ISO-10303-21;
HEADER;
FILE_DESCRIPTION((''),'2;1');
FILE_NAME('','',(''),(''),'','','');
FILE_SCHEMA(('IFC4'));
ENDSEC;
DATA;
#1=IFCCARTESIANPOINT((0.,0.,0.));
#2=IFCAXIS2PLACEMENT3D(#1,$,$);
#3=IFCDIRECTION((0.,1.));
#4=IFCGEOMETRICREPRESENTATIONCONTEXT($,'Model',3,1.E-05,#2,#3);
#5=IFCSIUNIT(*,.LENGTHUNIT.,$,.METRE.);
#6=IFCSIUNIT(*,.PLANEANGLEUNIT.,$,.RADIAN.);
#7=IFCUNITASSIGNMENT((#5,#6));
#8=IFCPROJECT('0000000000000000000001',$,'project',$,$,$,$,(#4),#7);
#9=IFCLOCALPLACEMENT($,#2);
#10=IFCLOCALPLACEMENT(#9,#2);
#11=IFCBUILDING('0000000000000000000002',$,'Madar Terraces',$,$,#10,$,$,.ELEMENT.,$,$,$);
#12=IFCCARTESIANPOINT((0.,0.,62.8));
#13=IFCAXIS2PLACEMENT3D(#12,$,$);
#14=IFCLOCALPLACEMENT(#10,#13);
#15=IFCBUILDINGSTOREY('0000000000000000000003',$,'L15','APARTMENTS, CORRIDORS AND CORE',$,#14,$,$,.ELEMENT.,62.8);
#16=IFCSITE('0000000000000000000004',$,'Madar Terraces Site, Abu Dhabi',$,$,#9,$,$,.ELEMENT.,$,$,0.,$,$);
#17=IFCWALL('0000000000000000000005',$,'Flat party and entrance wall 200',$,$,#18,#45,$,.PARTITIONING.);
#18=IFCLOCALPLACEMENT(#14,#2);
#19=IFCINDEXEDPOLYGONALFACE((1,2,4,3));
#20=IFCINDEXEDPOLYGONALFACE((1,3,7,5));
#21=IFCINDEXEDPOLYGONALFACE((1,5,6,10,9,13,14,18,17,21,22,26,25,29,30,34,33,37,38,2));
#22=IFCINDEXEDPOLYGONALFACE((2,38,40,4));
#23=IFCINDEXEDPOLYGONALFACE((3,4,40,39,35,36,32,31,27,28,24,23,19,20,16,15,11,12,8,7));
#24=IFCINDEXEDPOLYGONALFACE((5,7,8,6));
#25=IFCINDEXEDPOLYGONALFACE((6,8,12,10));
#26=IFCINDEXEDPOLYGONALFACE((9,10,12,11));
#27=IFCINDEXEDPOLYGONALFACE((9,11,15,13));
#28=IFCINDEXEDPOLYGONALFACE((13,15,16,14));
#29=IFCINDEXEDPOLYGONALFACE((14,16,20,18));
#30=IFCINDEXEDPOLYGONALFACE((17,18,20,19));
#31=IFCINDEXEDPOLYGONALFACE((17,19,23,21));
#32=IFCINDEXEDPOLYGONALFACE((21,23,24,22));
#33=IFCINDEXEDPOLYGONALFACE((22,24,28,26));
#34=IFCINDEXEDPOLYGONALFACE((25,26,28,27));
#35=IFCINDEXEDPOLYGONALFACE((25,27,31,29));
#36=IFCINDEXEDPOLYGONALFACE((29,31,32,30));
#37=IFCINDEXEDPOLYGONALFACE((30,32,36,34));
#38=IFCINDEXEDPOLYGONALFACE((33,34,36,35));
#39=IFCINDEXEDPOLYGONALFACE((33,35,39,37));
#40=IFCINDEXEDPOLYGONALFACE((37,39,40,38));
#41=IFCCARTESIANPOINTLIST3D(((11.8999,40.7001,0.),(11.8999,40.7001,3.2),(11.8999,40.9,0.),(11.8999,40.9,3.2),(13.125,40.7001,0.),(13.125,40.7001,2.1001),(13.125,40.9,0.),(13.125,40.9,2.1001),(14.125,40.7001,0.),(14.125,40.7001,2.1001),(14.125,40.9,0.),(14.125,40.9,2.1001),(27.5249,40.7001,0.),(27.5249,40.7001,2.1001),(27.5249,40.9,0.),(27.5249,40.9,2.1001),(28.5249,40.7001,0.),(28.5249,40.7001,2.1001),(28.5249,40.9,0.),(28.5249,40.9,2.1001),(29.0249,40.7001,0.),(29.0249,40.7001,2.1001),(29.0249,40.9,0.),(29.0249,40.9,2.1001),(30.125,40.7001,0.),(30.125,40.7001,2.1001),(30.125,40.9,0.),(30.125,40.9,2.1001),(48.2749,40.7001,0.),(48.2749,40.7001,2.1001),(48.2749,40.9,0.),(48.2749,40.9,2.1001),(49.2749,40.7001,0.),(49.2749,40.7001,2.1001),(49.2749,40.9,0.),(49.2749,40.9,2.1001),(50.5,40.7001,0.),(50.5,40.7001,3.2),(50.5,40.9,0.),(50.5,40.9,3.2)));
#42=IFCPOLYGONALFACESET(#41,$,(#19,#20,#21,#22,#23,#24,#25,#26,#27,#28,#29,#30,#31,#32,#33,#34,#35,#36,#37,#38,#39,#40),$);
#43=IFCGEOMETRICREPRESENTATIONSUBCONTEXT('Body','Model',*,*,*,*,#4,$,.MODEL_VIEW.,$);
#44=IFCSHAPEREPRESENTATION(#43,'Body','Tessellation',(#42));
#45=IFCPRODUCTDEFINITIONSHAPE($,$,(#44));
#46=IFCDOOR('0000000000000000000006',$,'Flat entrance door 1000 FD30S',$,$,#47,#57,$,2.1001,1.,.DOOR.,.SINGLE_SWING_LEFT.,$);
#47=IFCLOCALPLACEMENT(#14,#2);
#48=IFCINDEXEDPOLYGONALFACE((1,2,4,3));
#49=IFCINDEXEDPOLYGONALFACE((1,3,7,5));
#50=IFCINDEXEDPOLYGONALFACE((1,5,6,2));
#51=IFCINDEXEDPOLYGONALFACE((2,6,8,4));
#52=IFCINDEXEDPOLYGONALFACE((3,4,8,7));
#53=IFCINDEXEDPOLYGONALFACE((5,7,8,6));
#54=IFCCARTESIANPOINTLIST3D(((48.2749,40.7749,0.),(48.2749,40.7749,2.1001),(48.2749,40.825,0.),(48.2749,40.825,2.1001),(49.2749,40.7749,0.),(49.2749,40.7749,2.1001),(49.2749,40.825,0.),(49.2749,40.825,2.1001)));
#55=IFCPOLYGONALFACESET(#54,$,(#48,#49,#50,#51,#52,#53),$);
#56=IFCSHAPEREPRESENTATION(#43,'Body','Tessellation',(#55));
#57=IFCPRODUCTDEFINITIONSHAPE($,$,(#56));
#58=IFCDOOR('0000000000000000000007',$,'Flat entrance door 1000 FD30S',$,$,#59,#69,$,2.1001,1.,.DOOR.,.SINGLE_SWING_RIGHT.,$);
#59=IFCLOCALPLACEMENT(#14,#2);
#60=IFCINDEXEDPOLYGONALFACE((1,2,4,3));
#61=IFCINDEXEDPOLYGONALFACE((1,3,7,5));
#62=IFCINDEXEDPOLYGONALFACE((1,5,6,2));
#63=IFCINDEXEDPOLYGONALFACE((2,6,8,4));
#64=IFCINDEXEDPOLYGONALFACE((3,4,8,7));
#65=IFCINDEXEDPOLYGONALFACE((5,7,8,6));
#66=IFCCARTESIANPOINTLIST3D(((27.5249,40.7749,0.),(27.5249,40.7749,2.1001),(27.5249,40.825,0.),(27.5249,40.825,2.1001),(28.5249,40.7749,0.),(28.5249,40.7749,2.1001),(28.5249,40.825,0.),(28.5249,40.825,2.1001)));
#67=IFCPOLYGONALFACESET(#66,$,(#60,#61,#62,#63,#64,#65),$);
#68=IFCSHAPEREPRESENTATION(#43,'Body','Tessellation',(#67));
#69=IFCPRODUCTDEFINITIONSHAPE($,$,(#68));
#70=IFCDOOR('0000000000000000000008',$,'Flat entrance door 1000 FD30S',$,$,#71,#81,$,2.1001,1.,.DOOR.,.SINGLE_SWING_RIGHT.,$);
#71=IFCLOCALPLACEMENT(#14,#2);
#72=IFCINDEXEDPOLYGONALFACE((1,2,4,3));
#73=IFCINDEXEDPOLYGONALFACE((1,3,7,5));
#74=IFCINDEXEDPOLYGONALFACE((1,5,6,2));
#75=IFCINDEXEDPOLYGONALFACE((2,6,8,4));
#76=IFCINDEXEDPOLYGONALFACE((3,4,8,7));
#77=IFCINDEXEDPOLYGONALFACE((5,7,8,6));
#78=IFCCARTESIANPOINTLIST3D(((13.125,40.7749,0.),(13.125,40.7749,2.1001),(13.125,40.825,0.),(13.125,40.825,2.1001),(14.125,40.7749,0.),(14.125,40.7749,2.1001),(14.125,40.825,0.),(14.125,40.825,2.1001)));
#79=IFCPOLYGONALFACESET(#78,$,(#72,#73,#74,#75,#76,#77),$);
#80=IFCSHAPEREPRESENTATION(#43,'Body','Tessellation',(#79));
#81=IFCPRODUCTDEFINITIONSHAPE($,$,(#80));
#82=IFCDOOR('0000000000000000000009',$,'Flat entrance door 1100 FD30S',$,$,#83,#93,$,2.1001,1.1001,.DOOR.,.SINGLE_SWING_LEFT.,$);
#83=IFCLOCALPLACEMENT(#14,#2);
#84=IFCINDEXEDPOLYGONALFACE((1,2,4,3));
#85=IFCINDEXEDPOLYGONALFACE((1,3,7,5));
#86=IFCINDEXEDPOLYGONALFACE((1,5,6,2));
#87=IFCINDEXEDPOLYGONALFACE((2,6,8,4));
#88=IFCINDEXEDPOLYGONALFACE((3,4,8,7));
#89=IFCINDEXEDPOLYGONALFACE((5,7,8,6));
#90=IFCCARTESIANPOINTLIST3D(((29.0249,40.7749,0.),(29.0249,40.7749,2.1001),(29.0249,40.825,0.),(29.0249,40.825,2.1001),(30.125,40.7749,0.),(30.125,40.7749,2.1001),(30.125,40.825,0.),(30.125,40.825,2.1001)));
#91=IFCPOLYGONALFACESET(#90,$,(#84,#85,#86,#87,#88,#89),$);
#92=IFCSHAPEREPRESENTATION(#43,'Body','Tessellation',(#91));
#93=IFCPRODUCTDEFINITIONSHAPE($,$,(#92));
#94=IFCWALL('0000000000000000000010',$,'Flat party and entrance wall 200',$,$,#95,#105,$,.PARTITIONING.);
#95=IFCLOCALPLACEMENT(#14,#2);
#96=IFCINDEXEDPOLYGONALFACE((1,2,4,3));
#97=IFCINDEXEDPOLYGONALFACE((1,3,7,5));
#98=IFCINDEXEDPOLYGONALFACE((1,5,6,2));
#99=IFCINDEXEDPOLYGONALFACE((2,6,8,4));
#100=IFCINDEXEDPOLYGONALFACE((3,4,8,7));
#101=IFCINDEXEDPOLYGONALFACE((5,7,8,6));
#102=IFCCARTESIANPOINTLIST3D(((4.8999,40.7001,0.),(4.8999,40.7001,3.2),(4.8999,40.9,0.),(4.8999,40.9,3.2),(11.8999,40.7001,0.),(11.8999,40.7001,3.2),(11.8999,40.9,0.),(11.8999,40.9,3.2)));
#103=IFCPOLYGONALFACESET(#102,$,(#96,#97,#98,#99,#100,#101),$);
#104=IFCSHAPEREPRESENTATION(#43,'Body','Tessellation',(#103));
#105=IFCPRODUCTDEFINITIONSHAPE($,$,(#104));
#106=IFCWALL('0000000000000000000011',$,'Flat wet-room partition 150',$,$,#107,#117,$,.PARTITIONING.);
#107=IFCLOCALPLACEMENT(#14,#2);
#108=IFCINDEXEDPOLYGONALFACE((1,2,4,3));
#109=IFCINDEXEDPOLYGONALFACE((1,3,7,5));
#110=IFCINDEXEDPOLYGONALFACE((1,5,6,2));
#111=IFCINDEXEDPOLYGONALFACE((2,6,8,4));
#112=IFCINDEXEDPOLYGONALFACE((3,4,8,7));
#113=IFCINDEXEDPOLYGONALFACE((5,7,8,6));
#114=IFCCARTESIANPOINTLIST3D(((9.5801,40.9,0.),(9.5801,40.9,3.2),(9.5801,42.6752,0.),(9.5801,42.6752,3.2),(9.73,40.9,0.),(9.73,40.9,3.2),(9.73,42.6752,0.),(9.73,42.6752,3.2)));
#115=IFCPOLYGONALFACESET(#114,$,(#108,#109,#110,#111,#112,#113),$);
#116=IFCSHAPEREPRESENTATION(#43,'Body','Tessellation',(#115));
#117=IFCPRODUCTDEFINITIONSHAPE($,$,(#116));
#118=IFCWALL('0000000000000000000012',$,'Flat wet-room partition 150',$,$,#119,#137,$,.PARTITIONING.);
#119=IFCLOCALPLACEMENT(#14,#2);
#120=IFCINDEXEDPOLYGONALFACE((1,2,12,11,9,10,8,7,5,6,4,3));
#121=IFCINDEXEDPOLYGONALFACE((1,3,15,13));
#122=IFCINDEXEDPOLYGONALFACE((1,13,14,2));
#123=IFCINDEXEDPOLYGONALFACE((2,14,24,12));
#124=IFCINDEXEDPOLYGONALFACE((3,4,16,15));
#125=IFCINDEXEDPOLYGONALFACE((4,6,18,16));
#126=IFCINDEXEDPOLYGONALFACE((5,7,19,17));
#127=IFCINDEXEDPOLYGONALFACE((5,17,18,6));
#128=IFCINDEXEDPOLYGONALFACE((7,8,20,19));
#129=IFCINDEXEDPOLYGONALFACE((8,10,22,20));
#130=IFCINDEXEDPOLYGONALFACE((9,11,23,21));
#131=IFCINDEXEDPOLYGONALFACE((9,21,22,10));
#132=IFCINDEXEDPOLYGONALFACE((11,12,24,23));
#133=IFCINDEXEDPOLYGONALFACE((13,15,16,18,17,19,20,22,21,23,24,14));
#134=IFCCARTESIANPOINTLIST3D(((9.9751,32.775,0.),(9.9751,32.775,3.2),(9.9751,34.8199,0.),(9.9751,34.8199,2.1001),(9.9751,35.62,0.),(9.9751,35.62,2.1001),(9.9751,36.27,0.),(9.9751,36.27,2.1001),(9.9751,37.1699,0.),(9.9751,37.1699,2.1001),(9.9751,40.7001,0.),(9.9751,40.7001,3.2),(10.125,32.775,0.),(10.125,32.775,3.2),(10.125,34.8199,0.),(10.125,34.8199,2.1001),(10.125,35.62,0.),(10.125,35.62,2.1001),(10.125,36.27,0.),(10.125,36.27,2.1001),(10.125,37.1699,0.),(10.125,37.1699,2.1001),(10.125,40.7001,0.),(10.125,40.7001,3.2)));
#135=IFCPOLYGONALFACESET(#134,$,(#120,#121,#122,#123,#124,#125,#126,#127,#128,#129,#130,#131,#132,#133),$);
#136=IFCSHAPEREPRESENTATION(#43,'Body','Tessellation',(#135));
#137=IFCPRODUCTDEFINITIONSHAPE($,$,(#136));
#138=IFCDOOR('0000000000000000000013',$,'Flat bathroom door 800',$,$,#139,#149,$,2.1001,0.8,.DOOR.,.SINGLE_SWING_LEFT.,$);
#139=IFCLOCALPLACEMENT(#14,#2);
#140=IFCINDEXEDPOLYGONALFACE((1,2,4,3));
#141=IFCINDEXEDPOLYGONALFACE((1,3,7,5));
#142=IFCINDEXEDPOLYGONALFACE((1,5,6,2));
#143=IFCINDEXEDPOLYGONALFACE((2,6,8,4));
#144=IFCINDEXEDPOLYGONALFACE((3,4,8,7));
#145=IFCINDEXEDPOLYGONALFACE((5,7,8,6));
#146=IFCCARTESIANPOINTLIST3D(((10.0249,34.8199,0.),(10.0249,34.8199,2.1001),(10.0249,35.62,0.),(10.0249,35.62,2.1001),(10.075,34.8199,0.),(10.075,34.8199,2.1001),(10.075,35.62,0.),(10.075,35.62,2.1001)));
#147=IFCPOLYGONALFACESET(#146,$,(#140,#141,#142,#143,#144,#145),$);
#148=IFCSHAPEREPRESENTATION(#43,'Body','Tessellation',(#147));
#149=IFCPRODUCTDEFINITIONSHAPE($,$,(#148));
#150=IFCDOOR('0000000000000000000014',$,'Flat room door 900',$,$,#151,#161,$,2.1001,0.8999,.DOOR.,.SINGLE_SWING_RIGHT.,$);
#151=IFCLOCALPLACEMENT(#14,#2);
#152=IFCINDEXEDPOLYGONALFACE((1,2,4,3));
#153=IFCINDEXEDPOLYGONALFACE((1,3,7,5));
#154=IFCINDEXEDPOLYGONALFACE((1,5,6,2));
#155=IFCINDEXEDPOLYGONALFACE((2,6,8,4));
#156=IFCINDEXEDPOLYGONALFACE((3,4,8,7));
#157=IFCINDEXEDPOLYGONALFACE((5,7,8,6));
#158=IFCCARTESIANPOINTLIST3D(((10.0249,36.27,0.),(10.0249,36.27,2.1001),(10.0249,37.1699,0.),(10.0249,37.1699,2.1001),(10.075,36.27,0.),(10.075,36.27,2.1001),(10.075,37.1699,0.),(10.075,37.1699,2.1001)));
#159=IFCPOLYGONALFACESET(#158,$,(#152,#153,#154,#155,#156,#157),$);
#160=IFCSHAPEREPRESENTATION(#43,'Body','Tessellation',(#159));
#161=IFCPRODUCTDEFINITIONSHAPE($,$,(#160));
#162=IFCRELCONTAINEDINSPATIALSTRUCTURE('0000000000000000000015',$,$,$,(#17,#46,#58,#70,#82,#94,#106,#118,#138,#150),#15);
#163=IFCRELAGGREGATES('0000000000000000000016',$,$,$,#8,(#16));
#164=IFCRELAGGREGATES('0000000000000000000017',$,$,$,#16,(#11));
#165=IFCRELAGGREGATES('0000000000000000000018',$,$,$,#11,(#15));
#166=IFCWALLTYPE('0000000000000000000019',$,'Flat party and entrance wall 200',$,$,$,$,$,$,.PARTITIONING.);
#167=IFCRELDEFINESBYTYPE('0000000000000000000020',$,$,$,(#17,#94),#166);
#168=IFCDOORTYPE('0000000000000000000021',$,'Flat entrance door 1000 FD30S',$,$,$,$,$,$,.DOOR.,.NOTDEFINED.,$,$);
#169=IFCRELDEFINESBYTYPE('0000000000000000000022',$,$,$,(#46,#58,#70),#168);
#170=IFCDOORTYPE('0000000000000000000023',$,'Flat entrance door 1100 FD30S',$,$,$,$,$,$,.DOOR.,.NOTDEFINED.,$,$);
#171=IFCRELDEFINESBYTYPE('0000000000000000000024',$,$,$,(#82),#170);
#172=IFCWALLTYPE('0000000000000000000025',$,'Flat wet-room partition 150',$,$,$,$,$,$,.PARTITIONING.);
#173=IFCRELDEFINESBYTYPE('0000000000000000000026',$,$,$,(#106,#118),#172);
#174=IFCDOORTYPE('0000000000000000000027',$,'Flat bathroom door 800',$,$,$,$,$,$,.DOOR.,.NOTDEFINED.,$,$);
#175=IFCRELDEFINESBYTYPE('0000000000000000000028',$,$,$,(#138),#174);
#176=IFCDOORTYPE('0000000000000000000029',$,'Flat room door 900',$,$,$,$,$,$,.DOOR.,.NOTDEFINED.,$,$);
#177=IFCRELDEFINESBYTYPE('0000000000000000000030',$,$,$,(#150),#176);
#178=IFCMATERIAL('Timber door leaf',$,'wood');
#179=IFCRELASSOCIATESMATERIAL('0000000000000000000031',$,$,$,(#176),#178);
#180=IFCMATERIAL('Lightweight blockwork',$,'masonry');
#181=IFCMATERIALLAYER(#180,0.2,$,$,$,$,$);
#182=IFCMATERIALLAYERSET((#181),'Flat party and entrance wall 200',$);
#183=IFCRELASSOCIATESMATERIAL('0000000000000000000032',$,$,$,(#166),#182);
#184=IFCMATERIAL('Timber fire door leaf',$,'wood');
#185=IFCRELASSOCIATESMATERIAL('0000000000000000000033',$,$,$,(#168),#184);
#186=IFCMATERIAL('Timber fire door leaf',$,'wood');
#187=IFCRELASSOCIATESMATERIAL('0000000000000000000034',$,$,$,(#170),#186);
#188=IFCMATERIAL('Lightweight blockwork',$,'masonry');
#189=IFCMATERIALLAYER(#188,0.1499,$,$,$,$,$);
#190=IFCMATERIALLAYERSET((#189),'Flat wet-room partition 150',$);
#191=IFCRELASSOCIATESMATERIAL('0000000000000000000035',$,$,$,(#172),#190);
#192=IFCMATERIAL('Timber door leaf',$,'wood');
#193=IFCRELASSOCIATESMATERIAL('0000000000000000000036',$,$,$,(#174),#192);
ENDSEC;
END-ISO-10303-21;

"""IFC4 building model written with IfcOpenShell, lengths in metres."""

from ifc_helpers import new_model, si_unit, direction, frame, frame_2d, origin, place, context, subcontext, project, spatial, rectangle, extrude, material, layer, layer_set, type_object, element, fill, save


model = new_model("IFC4")

# Units and contexts
model_context = context("Model", 3, precision=1e-05, world=origin(), true_north=direction((0.0, 1.0)))
body_context = subcontext(model_context, "Body", "Model", "MODEL_VIEW")
ifc_project = project(units=[si_unit("LENGTHUNIT", "METRE"), si_unit("PLANEANGLEUNIT", "RADIAN")], contexts=[model_context])

# Site, building, storey
site_placement = place(None, origin())
site = spatial("IfcSite", under=ifc_project, at=site_placement, Name="Madar Terraces Site, Abu Dhabi", CompositionType="ELEMENT", RefElevation=0.0)
building_placement = place(site_placement, origin())
building = spatial("IfcBuilding", under=site, at=building_placement, Name="Madar Terraces", CompositionType="ELEMENT")
storey_placement = place(building_placement, frame((0.0, 0.0, 62.8)))
storey = spatial("IfcBuildingStorey", under=building, at=storey_placement, Name="L15", Description="APARTMENTS, CORRIDORS AND CORE", CompositionType="ELEMENT", Elevation=62.8)

# Wall, openings, doors
ifc_material_1 = material(Name="Timber door leaf", Category="wood")
door_type_1 = type_object("IfcDoorType", Name="Flat room door 900", OperationType="NOTDEFINED", PredefinedType="DOOR", material=ifc_material_1)
ifc_material_2 = material(Name="Lightweight blockwork", Category="masonry")
ifc_layer_1 = layer(ifc_material_2, 0.2)
ifc_layer_set_1 = layer_set([ifc_layer_1], Name="Flat party and entrance wall 200")
wall_type_1 = type_object("IfcWallType", Name="Flat party and entrance wall 200", PredefinedType="PARTITIONING", material=ifc_layer_set_1)
wall_1_placement = place(storey_placement, frame((11.8999, 40.8, 0.0), z_axis=(0.0, 0.0, 1.0), x_axis=(1.0, 0.0, 0.0)))
wall_1 = element("IfcWall", 1, at=wall_1_placement, inside=storey, type_object=wall_type_1, Name="Flat party and entrance wall 200", PredefinedType="PARTITIONING", context=body_context, shape_type="SweptSolid", body=[
    extrude(rectangle(XDim=38.6001, YDim=0.2, at=frame_2d((19.3, 0.0))), origin(), (0.0, 0.0, 1.0), 3.2),
])
opening_1_placement = place(wall_1_placement, frame((36.375, 0.0, 0.0)))
opening_1 = element("IfcOpeningElement", 2, at=opening_1_placement, cuts=wall_1, PredefinedType="OPENING", context=body_context, shape_type="SweptSolid", body=[
    extrude(rectangle(XDim=1.0, YDim=2.1001, at=frame_2d((0.5, 1.05))), frame((0.0, 0.1099, 0.0), z_axis=(0.0, -1.0, 0.0), x_axis=(1.0, 0.0, 0.0)), (0.0, 0.0, 1.0), 0.22),
])
opening_2_placement = place(wall_1_placement, frame((17.125, 0.0, 0.0)))
opening_2 = element("IfcOpeningElement", 3, at=opening_2_placement, cuts=wall_1, PredefinedType="OPENING", context=body_context, shape_type="SweptSolid", body=[
    extrude(rectangle(XDim=1.1001, YDim=2.1001, at=frame_2d((0.55, 1.05))), frame((0.0, 0.1099, 0.0), z_axis=(0.0, -1.0, 0.0), x_axis=(1.0, 0.0, 0.0)), (0.0, 0.0, 1.0), 0.22),
])
opening_3_placement = place(wall_1_placement, frame((15.625, 0.0, 0.0)))
opening_3 = element("IfcOpeningElement", 4, at=opening_3_placement, cuts=wall_1, PredefinedType="OPENING", context=body_context, shape_type="SweptSolid", body=[
    extrude(rectangle(XDim=1.0, YDim=2.1001, at=frame_2d((0.5, 1.05))), frame((0.0, 0.1099, 0.0), z_axis=(0.0, -1.0, 0.0), x_axis=(1.0, 0.0, 0.0)), (0.0, 0.0, 1.0), 0.22),
])
opening_4_placement = place(wall_1_placement, frame((1.2251, 0.0, 0.0)))
opening_4 = element("IfcOpeningElement", 5, at=opening_4_placement, cuts=wall_1, PredefinedType="OPENING", context=body_context, shape_type="SweptSolid", body=[
    extrude(rectangle(XDim=1.0, YDim=2.1001, at=frame_2d((0.5, 1.05))), frame((0.0, 0.1099, 0.0), z_axis=(0.0, -1.0, 0.0), x_axis=(1.0, 0.0, 0.0)), (0.0, 0.0, 1.0), 0.22),
])
ifc_material_3 = material(Name="Timber fire door leaf", Category="wood")
door_type_2 = type_object("IfcDoorType", Name="Flat entrance door 1000 FD30S", OperationType="NOTDEFINED", PredefinedType="DOOR", material=ifc_material_3)
door_1_placement = place(opening_1_placement, origin())
door_1 = element("IfcDoor", 6, at=door_1_placement, inside=storey, type_object=door_type_2, Name="Flat entrance door 1000 FD30S", OperationType="SINGLE_SWING_LEFT", OverallHeight=2.1001, OverallWidth=1.0, PredefinedType="DOOR", context=body_context, shape_type="SweptSolid", body=[
    extrude(rectangle(XDim=1.0, YDim=2.1001, at=frame_2d((0.5, 1.05))), frame((0.0, 0.0249, 0.0), z_axis=(0.0, -1.0, 0.0), x_axis=(1.0, 0.0, 0.0)), (0.0, 0.0, 1.0), 0.05),
])
fill(opening_1, door_1)
door_2_placement = place(opening_3_placement, origin())
door_2 = element("IfcDoor", 7, at=door_2_placement, inside=storey, type_object=door_type_2, Name="Flat entrance door 1000 FD30S", OperationType="SINGLE_SWING_RIGHT", OverallHeight=2.1001, OverallWidth=1.0, PredefinedType="DOOR", context=body_context, shape_type="SweptSolid", body=[
    extrude(rectangle(XDim=1.0, YDim=2.1001, at=frame_2d((0.5, 1.05))), frame((0.0, 0.0249, 0.0), z_axis=(0.0, -1.0, 0.0), x_axis=(1.0, 0.0, 0.0)), (0.0, 0.0, 1.0), 0.05),
])
fill(opening_3, door_2)
door_3_placement = place(opening_4_placement, origin())
door_3 = element("IfcDoor", 8, at=door_3_placement, inside=storey, type_object=door_type_2, Name="Flat entrance door 1000 FD30S", OperationType="SINGLE_SWING_RIGHT", OverallHeight=2.1001, OverallWidth=1.0, PredefinedType="DOOR", context=body_context, shape_type="SweptSolid", body=[
    extrude(rectangle(XDim=1.0, YDim=2.1001, at=frame_2d((0.5, 1.05))), frame((0.0, 0.0249, 0.0), z_axis=(0.0, -1.0, 0.0), x_axis=(1.0, 0.0, 0.0)), (0.0, 0.0, 1.0), 0.05),
])
fill(opening_4, door_3)
ifc_material_4 = material(Name="Timber fire door leaf", Category="wood")
door_type_3 = type_object("IfcDoorType", Name="Flat entrance door 1100 FD30S", OperationType="NOTDEFINED", PredefinedType="DOOR", material=ifc_material_4)
door_4_placement = place(opening_2_placement, origin())
door_4 = element("IfcDoor", 9, at=door_4_placement, inside=storey, type_object=door_type_3, Name="Flat entrance door 1100 FD30S", OperationType="SINGLE_SWING_LEFT", OverallHeight=2.1001, OverallWidth=1.1001, PredefinedType="DOOR", context=body_context, shape_type="SweptSolid", body=[
    extrude(rectangle(XDim=1.1001, YDim=2.1001, at=frame_2d((0.55, 1.05))), frame((0.0, 0.0249, 0.0), z_axis=(0.0, -1.0, 0.0), x_axis=(1.0, 0.0, 0.0)), (0.0, 0.0, 1.0), 0.05),
])
fill(opening_2, door_4)

# Walls
wall_2_placement = place(storey_placement, frame((4.8999, 40.8, 0.0), z_axis=(0.0, 0.0, 1.0), x_axis=(1.0, 0.0, 0.0)))
element("IfcWall", 10, at=wall_2_placement, inside=storey, type_object=wall_type_1, Name="Flat party and entrance wall 200", PredefinedType="PARTITIONING", context=body_context, shape_type="SweptSolid", body=[
    extrude(rectangle(XDim=7.0, YDim=0.2, at=frame_2d((3.5, 0.0))), origin(), (0.0, 0.0, 1.0), 3.2),
])
ifc_material_5 = material(Name="Lightweight blockwork", Category="masonry")
ifc_layer_2 = layer(ifc_material_5, 0.1499)
ifc_layer_set_2 = layer_set([ifc_layer_2], Name="Flat wet-room partition 150")
wall_type_2 = type_object("IfcWallType", Name="Flat wet-room partition 150", PredefinedType="PARTITIONING", material=ifc_layer_set_2)
wall_3_placement = place(storey_placement, frame((9.655, 40.8999, 0.0), z_axis=(0.0, 0.0, 1.0), x_axis=(0.0, 1.0, 0.0)))
element("IfcWall", 11, at=wall_3_placement, inside=storey, type_object=wall_type_2, Name="Flat wet-room partition 150", PredefinedType="PARTITIONING", context=body_context, shape_type="SweptSolid", body=[
    extrude(rectangle(XDim=1.7751, YDim=0.1499, at=frame_2d((0.8877, 0.0))), origin(), (0.0, 0.0, 1.0), 3.2),
])

# Wall, openings, doors
wall_4_placement = place(storey_placement, frame((10.05, 40.7, 0.0), z_axis=(0.0, 0.0, 1.0), x_axis=(0.0, -1.0, 0.0)))
wall_4 = element("IfcWall", 12, at=wall_4_placement, inside=storey, type_object=wall_type_2, Name="Flat wet-room partition 150", PredefinedType="PARTITIONING", context=body_context, shape_type="SweptSolid", body=[
    extrude(rectangle(XDim=7.925, YDim=0.1499, at=frame_2d((3.9624, 0.0))), origin(), (0.0, 0.0, 1.0), 3.2),
])
opening_5_placement = place(wall_4_placement, frame((5.0801, 0.0, 0.0)))
opening_5 = element("IfcOpeningElement", 13, at=opening_5_placement, cuts=wall_4, PredefinedType="OPENING", context=body_context, shape_type="SweptSolid", body=[
    extrude(rectangle(XDim=0.8, YDim=2.1001, at=frame_2d((0.3999, 1.05))), frame((0.0, 0.085, 0.0), z_axis=(0.0, -1.0, 0.0), x_axis=(1.0, 0.0, 0.0)), (0.0, 0.0, 1.0), 0.1699),
])
opening_6_placement = place(wall_4_placement, frame((3.53, 0.0, 0.0)))
opening_6 = element("IfcOpeningElement", 14, at=opening_6_placement, cuts=wall_4, PredefinedType="OPENING", context=body_context, shape_type="SweptSolid", body=[
    extrude(rectangle(XDim=0.8999, YDim=2.1001, at=frame_2d((0.45, 1.05))), frame((0.0, 0.085, 0.0), z_axis=(0.0, -1.0, 0.0), x_axis=(1.0, 0.0, 0.0)), (0.0, 0.0, 1.0), 0.1699),
])
ifc_material_6 = material(Name="Timber door leaf", Category="wood")
door_type_4 = type_object("IfcDoorType", Name="Flat bathroom door 800", OperationType="NOTDEFINED", PredefinedType="DOOR", material=ifc_material_6)
door_5_placement = place(opening_5_placement, origin())
door_5 = element("IfcDoor", 15, at=door_5_placement, inside=storey, type_object=door_type_4, Name="Flat bathroom door 800", OperationType="SINGLE_SWING_LEFT", OverallHeight=2.1001, OverallWidth=0.8, PredefinedType="DOOR", context=body_context, shape_type="SweptSolid", body=[
    extrude(rectangle(XDim=0.8, YDim=2.1001, at=frame_2d((0.3999, 1.05))), frame((0.0, 0.0249, 0.0), z_axis=(0.0, -1.0, 0.0), x_axis=(1.0, 0.0, 0.0)), (0.0, 0.0, 1.0), 0.05),
])
fill(opening_5, door_5)
door_6_placement = place(opening_6_placement, origin())
door_6 = element("IfcDoor", 16, at=door_6_placement, inside=storey, type_object=door_type_1, Name="Flat room door 900", OperationType="SINGLE_SWING_RIGHT", OverallHeight=2.1001, OverallWidth=0.8999, PredefinedType="DOOR", context=body_context, shape_type="SweptSolid", body=[
    extrude(rectangle(XDim=0.8999, YDim=2.1001, at=frame_2d((0.45, 1.05))), frame((0.0, 0.0249, 0.0), z_axis=(0.0, -1.0, 0.0), x_axis=(1.0, 0.0, 0.0)), (0.0, 0.0, 1.0), 0.05),
])
fill(opening_6, door_6)

save(model, "model.ifc")
